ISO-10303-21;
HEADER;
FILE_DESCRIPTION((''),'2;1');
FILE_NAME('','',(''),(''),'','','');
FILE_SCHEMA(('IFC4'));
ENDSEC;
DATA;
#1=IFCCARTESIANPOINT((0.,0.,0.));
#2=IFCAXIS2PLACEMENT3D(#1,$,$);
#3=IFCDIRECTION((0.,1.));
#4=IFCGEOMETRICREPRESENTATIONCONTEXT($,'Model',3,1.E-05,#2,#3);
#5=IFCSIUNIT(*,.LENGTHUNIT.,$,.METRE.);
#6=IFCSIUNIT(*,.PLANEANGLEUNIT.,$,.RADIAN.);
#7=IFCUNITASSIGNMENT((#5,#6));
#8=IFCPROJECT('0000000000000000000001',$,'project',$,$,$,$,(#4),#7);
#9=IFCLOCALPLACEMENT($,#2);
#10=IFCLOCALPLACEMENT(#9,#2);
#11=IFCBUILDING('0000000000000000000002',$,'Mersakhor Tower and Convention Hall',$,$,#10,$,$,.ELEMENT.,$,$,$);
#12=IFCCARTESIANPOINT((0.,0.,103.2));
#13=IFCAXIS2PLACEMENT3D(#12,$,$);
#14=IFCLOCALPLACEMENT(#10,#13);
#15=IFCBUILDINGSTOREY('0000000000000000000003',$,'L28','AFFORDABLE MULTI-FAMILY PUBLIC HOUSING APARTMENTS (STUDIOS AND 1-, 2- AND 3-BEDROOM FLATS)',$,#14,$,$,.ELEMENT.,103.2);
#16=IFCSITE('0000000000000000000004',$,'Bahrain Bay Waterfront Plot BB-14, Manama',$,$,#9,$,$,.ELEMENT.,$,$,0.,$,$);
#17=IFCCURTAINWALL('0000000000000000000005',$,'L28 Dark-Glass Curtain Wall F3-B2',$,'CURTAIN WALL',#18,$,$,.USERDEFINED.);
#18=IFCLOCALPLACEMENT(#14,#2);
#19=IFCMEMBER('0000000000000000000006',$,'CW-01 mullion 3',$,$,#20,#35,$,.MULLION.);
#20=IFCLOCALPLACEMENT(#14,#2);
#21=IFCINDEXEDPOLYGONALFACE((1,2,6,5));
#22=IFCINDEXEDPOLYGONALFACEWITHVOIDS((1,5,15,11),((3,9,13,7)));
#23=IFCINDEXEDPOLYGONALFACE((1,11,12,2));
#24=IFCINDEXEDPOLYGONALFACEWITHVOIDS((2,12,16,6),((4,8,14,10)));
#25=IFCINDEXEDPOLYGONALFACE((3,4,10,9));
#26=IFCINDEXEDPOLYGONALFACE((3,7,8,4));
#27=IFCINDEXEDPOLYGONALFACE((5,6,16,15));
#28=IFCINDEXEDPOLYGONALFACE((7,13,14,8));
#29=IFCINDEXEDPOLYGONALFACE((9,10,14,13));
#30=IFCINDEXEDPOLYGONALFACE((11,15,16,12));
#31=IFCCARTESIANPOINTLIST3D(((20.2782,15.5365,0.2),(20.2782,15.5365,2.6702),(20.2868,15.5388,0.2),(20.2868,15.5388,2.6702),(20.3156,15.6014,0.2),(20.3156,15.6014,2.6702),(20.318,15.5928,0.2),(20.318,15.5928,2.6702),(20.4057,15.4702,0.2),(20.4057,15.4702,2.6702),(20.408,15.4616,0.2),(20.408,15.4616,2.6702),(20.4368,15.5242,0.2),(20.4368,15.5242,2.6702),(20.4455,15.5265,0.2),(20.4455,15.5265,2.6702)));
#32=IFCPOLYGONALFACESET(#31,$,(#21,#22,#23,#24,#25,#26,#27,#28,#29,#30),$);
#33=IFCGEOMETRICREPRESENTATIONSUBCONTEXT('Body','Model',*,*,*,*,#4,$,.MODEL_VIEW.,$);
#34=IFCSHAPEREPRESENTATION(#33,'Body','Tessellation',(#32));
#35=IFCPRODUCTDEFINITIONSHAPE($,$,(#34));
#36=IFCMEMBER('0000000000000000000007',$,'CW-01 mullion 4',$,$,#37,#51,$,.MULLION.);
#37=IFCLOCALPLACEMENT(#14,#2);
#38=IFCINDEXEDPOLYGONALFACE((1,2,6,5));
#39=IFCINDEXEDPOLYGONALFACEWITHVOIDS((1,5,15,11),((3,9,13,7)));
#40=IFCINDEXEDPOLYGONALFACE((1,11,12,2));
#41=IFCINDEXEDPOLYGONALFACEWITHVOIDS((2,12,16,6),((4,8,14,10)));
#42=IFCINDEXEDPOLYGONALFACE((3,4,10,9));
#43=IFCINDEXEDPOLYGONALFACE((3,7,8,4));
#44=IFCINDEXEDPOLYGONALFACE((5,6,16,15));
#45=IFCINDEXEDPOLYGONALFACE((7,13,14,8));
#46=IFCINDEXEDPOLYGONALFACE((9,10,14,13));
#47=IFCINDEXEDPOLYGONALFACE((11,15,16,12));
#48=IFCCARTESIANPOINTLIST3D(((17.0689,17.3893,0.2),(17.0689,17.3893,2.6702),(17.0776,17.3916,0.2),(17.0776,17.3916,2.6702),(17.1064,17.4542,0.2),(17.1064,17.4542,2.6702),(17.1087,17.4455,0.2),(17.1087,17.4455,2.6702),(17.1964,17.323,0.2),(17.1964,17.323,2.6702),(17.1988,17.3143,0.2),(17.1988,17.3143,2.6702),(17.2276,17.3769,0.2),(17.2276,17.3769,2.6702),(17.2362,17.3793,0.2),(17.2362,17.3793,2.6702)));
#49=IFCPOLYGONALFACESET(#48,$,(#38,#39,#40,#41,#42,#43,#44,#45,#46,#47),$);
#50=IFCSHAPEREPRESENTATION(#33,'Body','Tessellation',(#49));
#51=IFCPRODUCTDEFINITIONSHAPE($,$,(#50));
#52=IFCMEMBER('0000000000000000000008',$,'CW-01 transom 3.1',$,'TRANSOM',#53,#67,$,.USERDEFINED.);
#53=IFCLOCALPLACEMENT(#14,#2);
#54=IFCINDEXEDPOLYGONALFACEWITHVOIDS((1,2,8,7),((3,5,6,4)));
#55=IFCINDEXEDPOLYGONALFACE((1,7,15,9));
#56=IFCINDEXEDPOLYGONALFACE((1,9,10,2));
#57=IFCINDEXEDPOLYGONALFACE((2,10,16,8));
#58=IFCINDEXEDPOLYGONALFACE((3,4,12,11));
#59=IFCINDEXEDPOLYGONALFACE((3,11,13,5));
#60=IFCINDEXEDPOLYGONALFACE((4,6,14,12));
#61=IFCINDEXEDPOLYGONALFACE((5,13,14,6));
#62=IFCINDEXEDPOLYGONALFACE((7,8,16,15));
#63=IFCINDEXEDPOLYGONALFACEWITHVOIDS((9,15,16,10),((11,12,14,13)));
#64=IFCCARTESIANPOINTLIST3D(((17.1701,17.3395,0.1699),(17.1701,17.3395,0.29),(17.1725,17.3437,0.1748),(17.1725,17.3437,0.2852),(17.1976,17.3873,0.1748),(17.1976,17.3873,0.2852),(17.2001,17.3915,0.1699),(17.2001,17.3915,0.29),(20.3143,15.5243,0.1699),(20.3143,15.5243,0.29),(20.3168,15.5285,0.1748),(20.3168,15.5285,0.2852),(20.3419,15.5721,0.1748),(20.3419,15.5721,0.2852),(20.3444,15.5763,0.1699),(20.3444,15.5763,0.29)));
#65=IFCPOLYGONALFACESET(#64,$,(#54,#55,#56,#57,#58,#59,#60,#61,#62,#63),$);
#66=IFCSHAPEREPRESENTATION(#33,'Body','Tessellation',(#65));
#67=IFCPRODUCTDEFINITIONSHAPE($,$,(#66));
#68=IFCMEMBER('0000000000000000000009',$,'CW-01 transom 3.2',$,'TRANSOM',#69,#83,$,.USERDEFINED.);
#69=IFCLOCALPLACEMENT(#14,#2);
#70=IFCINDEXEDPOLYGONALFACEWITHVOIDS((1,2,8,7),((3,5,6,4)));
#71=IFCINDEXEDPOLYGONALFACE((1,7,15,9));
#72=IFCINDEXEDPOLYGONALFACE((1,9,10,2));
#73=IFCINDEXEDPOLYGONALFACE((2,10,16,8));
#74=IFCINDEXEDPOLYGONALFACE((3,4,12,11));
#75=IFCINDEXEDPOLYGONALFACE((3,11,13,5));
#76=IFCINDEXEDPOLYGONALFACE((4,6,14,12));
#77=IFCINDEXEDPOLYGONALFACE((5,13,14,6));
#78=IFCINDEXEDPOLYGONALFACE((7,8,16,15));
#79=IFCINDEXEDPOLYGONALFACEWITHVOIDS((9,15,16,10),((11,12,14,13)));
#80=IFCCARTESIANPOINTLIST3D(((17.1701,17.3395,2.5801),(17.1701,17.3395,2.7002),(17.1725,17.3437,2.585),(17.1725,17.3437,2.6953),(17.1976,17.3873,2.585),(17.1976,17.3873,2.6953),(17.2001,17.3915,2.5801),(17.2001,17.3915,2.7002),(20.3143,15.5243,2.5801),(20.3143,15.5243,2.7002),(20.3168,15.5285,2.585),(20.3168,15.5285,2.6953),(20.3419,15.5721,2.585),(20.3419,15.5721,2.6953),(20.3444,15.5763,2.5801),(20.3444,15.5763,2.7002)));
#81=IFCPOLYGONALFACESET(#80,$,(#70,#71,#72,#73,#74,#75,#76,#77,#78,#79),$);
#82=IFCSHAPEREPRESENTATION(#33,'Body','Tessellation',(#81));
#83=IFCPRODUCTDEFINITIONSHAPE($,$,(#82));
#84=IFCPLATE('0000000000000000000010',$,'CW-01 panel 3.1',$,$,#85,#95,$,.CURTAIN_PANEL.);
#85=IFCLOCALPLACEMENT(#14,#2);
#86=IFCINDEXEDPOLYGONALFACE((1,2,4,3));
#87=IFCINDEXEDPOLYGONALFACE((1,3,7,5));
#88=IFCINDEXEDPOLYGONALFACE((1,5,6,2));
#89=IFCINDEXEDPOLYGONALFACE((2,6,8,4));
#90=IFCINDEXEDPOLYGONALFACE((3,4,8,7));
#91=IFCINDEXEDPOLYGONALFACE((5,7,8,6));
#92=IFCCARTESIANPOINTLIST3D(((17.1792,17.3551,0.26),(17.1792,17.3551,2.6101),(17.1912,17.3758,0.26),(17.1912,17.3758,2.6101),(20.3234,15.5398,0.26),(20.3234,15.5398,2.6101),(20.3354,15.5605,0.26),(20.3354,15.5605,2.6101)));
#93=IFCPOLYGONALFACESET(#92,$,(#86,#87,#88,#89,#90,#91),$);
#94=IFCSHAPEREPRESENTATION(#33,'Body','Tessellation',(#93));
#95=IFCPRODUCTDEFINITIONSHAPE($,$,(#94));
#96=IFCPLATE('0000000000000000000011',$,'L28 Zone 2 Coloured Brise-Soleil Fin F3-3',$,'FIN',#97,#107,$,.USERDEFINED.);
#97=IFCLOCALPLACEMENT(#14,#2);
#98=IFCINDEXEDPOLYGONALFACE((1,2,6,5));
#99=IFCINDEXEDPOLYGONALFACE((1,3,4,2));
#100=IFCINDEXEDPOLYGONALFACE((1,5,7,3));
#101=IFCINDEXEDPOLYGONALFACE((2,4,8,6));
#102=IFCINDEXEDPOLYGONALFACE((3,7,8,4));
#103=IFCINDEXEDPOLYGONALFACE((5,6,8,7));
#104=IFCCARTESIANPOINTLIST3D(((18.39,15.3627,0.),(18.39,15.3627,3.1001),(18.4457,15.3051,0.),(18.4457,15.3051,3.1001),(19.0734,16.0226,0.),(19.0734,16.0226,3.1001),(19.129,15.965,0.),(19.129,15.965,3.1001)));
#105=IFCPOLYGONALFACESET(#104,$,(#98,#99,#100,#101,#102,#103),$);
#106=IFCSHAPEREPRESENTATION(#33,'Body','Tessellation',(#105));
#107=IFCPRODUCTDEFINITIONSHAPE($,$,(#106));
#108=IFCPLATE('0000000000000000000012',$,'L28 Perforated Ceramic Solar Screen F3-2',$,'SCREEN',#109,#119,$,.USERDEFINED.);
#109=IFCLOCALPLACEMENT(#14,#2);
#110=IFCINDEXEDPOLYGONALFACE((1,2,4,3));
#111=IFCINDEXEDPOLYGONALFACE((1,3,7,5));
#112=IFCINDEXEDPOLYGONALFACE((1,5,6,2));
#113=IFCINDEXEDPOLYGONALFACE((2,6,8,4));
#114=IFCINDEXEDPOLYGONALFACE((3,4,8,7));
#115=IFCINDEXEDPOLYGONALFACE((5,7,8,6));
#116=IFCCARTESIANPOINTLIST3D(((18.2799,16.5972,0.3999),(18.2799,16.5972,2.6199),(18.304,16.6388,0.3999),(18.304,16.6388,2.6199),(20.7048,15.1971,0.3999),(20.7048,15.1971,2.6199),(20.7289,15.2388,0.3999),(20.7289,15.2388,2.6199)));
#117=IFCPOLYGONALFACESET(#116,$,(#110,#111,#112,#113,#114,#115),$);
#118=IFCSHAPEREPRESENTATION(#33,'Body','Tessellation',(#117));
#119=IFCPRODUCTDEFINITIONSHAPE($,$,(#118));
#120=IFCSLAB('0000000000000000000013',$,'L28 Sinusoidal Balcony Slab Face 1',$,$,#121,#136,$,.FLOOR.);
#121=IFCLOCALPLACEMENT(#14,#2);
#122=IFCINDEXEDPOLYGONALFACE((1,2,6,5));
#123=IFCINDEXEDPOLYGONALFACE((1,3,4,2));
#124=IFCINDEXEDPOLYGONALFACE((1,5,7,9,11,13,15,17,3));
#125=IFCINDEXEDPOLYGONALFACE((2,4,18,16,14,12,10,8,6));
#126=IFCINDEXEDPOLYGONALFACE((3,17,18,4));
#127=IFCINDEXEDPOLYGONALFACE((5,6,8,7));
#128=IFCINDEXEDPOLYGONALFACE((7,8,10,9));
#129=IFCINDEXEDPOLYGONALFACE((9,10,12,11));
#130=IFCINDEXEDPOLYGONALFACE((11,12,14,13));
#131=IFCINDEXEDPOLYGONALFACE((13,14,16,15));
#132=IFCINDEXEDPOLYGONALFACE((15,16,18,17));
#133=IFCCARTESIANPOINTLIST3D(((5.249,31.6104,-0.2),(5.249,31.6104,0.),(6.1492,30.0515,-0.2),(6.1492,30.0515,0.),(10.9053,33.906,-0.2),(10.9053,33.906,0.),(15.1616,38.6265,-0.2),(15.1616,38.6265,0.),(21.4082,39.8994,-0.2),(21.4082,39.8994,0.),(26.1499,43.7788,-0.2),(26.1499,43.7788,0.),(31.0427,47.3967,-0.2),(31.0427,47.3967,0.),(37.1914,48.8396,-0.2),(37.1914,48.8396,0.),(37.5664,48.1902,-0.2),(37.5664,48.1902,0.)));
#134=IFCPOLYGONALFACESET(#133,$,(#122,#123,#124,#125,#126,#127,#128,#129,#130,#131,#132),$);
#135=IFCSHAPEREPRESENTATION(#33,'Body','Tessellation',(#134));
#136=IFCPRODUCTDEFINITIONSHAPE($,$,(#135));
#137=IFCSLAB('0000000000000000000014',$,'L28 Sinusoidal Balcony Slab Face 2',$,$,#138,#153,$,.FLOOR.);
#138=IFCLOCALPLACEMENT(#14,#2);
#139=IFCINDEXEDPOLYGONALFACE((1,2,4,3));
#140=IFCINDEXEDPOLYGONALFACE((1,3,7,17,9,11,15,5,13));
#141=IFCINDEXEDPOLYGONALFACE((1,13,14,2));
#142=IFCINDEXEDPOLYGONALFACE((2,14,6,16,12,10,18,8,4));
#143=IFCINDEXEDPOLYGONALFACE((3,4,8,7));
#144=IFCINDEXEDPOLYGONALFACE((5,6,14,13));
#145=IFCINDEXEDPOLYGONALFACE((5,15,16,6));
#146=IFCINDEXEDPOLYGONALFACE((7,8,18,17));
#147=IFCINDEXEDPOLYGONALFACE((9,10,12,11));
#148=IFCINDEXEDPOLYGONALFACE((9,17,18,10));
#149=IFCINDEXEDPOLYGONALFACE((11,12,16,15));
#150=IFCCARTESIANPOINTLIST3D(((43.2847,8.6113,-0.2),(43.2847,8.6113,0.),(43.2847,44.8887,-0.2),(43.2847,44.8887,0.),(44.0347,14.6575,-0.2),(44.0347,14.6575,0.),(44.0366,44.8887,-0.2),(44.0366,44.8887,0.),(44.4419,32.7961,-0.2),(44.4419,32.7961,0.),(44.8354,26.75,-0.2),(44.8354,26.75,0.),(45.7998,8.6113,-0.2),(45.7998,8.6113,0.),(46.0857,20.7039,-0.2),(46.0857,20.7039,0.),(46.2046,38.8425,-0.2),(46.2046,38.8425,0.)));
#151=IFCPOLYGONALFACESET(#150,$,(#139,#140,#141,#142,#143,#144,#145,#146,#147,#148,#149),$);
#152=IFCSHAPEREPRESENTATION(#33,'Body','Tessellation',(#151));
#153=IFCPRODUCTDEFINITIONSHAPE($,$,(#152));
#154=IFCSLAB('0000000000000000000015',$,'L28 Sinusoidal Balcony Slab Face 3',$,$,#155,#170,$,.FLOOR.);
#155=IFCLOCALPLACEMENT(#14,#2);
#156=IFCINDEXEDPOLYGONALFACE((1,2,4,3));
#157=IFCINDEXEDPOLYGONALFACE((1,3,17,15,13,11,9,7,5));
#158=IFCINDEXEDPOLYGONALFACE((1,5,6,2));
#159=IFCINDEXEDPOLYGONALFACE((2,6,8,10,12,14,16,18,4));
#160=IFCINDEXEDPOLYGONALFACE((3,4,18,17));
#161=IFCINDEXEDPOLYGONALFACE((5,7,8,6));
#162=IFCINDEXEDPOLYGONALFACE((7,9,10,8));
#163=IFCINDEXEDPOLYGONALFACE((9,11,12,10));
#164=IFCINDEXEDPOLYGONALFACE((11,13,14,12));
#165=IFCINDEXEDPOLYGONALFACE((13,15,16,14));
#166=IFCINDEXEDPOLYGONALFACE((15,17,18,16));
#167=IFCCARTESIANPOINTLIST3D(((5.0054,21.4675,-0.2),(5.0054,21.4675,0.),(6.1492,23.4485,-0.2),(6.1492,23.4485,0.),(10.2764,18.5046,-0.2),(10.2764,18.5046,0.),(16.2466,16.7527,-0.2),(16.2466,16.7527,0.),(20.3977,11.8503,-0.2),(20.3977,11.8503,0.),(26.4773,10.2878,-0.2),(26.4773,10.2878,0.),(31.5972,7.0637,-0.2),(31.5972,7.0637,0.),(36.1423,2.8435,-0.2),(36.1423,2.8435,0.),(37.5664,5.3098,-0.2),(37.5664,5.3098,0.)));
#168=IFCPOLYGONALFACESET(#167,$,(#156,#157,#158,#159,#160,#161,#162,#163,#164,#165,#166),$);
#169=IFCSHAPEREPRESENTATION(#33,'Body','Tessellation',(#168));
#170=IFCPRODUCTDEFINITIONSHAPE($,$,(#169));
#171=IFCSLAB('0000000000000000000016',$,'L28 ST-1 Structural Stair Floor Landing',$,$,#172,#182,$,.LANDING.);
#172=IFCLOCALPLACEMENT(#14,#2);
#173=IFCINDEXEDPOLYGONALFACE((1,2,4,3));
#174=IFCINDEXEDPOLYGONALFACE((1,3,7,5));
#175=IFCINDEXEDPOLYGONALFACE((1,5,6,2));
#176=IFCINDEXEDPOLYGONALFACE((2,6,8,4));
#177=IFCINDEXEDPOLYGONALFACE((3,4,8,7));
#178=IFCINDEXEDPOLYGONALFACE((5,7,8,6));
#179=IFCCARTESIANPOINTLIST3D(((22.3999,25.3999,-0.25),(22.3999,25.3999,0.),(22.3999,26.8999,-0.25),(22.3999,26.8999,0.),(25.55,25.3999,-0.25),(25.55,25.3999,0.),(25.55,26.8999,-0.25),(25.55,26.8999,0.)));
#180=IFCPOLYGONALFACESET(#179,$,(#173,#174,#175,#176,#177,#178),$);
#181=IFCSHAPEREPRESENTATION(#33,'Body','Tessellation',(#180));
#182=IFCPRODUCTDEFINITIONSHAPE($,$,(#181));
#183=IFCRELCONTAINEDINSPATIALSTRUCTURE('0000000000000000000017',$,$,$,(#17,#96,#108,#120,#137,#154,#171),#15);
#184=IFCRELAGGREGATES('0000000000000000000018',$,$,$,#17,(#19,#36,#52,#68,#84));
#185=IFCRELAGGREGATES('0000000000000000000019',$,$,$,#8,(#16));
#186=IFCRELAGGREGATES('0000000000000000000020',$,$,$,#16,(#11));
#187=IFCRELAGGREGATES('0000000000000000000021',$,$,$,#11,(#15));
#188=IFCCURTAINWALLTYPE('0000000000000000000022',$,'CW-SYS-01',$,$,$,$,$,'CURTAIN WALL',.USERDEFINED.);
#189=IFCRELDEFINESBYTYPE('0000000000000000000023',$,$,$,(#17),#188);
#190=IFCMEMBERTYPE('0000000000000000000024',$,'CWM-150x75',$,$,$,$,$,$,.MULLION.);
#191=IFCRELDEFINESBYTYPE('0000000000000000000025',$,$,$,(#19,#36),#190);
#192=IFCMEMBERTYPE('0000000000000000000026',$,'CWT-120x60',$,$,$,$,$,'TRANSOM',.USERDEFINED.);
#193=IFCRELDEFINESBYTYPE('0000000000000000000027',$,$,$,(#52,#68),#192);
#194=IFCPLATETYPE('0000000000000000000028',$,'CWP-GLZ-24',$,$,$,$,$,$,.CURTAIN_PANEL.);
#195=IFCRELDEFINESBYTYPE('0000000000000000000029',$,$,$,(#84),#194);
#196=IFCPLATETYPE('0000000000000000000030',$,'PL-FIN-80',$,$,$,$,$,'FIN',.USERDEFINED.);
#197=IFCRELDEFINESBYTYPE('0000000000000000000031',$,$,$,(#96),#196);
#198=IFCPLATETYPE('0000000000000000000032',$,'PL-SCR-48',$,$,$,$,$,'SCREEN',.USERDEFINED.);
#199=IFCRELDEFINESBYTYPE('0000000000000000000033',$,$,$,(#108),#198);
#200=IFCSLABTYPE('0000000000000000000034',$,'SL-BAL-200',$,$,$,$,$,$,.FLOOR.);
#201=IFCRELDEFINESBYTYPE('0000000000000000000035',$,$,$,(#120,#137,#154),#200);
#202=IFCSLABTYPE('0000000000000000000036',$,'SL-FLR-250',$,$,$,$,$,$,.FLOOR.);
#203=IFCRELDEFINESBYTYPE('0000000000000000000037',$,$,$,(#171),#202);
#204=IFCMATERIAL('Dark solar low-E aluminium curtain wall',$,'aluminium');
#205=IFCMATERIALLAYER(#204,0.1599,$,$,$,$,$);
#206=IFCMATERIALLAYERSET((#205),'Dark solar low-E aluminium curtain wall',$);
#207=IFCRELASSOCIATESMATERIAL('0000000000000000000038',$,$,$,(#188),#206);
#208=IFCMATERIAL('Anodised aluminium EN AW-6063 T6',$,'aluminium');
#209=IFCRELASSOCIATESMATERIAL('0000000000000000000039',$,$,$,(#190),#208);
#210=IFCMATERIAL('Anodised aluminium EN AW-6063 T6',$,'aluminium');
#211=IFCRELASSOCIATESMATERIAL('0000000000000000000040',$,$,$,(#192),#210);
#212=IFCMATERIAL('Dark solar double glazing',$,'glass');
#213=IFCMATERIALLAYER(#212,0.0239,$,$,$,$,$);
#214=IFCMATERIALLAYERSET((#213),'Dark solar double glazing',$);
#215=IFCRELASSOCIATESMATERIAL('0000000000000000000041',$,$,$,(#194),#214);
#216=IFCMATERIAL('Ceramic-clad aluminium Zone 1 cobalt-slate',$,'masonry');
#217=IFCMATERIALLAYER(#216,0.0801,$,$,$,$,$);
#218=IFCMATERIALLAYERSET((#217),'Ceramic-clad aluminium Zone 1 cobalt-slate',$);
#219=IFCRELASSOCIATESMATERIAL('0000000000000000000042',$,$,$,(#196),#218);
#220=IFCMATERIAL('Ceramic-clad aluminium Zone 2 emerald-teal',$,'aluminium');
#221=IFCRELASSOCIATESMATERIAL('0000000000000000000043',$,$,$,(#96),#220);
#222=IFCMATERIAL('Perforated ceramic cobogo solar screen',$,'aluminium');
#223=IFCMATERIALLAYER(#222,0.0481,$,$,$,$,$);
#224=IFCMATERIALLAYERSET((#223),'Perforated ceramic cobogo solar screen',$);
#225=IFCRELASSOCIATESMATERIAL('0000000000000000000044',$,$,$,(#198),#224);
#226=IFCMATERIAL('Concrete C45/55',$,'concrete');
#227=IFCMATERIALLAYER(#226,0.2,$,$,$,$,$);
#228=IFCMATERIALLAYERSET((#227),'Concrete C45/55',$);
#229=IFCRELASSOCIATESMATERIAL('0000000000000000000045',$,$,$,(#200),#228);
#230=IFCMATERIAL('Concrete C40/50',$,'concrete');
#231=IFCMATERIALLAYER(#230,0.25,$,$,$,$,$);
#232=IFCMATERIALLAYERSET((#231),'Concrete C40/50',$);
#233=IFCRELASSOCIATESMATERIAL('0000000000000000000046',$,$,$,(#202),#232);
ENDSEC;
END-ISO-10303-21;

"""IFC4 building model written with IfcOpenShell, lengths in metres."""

from ifc_helpers import new_model, si_unit, direction, frame, origin, origin_2d, place, context, subcontext, project, spatial, polyline, rectangle, hollow_rectangle, outline, extrude, material, layer, layer_set, material_profile, profile_set, type_object, element, aggregate, save


model = new_model("IFC4")

# Units and contexts
model_context = context("Model", 3, precision=1e-05, world=origin(), true_north=direction((0.0, 1.0)))
body_context = subcontext(model_context, "Body", "Model", "MODEL_VIEW")
ifc_project = project(units=[si_unit("LENGTHUNIT", "METRE"), si_unit("PLANEANGLEUNIT", "RADIAN")], contexts=[model_context])

# Site, building, storey
site_placement = place(None, origin())
site = spatial("IfcSite", under=ifc_project, at=site_placement, Name="Bahrain Bay Waterfront Plot BB-14, Manama", CompositionType="ELEMENT", RefElevation=0.0)
building_placement = place(site_placement, origin())
building = spatial("IfcBuilding", under=site, at=building_placement, Name="Mersakhor Tower and Convention Hall", CompositionType="ELEMENT")
storey_placement = place(building_placement, frame((0.0, 0.0, 103.2)))
storey = spatial("IfcBuildingStorey", under=building, at=storey_placement, Name="L28", Description="AFFORDABLE MULTI-FAMILY PUBLIC HOUSING APARTMENTS (STUDIOS AND 1-, 2- AND 3-BEDROOM FLATS)", CompositionType="ELEMENT", Elevation=103.2)

# Curtain wall, members, plate
ifc_material_1 = material(Name="Dark solar low-E aluminium curtain wall", Category="aluminium")
ifc_layer_1 = layer(ifc_material_1, 0.1599)
ifc_layer_set_1 = layer_set([ifc_layer_1], Name="Dark solar low-E aluminium curtain wall")
curtain_wall_type = type_object("IfcCurtainWallType", Name="CW-SYS-01", ElementType="CURTAIN WALL", PredefinedType="USERDEFINED", material=ifc_layer_set_1)
curtain_wall_placement = place(storey_placement, origin())
curtain_wall = element("IfcCurtainWall", 1, at=curtain_wall_placement, inside=storey, type_object=curtain_wall_type, Name="L28 Dark-Glass Curtain Wall F3-B2", ObjectType="CURTAIN WALL", PredefinedType="USERDEFINED")
ifc_material_2 = material(Name="Anodised aluminium EN AW-6063 T6", Category="aluminium")
ifc_material_profile_1 = material_profile(ifc_material_2, hollow_rectangle(XDim=0.075, YDim=0.1499, WallThickness=0.0063, at=origin_2d()), Name="RHS 150x75x6.3")
ifc_profile_set_1 = profile_set([ifc_material_profile_1], Name="Anodised aluminium EN AW-6063 T6")
member_type_1 = type_object("IfcMemberType", Name="CWM-150x75", PredefinedType="MULLION", material=ifc_profile_set_1)
member_1_placement = place(storey_placement, frame((20.3618, 15.5315, 0.2), z_axis=(0.0, 0.0, 1.0), x_axis=(-0.499998, -0.866027, 0.0)))
member_1 = element("IfcMember", 2, at=member_1_placement, type_object=member_type_1, Name="CW-01 mullion 3", PredefinedType="MULLION", context=body_context, shape_type="SweptSolid", body=[
    extrude(hollow_rectangle(XDim=0.075, YDim=0.1499, WallThickness=0.0063, at=origin_2d()), origin(), (0.0, 0.0, 1.0), 2.4702),
])
member_2_placement = place(storey_placement, frame((17.1526, 17.3843, 0.2), z_axis=(0.0, 0.0, 1.0), x_axis=(-0.499998, -0.866027, 0.0)))
member_2 = element("IfcMember", 3, at=member_2_placement, type_object=member_type_1, Name="CW-01 mullion 4", PredefinedType="MULLION", context=body_context, shape_type="SweptSolid", body=[
    extrude(hollow_rectangle(XDim=0.075, YDim=0.1499, WallThickness=0.0063, at=origin_2d()), origin(), (0.0, 0.0, 1.0), 2.4702),
])
ifc_material_3 = material(Name="Anodised aluminium EN AW-6063 T6", Category="aluminium")
ifc_material_profile_2 = material_profile(ifc_material_3, hollow_rectangle(XDim=0.0601, YDim=0.1201, WallThickness=0.0049, at=origin_2d()), Name="RHS 120x60x5")
ifc_profile_set_2 = profile_set([ifc_material_profile_2], Name="Anodised aluminium EN AW-6063 T6")
member_type_2 = type_object("IfcMemberType", Name="CWT-120x60", ElementType="TRANSOM", PredefinedType="USERDEFINED", material=ifc_profile_set_2)
member_3_placement = place(storey_placement, frame((20.3293, 15.5503, 0.23), z_axis=(-0.866046, 0.499965, 0.0), x_axis=(-0.499965, -0.866046, 0.0)))
member_3 = element("IfcMember", 4, at=member_3_placement, type_object=member_type_2, Name="CW-01 transom 3.1", ObjectType="TRANSOM", PredefinedType="USERDEFINED", context=body_context, shape_type="SweptSolid", body=[
    extrude(hollow_rectangle(XDim=0.0601, YDim=0.1201, WallThickness=0.0049, at=origin_2d()), origin(), (0.0, 0.0, 1.0), 3.6306),
])
member_4_placement = place(storey_placement, frame((20.3293, 15.5503, 2.6401), z_axis=(-0.866046, 0.499965, 0.0), x_axis=(-0.499965, -0.866046, 0.0)))
member_4 = element("IfcMember", 5, at=member_4_placement, type_object=member_type_2, Name="CW-01 transom 3.2", ObjectType="TRANSOM", PredefinedType="USERDEFINED", context=body_context, shape_type="SweptSolid", body=[
    extrude(hollow_rectangle(XDim=0.0601, YDim=0.1201, WallThickness=0.0049, at=origin_2d()), origin(), (0.0, 0.0, 1.0), 3.6306),
])
ifc_material_4 = material(Name="Dark solar double glazing", Category="glass")
ifc_layer_2 = layer(ifc_material_4, 0.0239)
ifc_layer_set_2 = layer_set([ifc_layer_2], Name="Dark solar double glazing")
plate_type_1 = type_object("IfcPlateType", Name="CWP-GLZ-24", PredefinedType="CURTAIN_PANEL", material=ifc_layer_set_2)
plate_1_placement = place(storey_placement, frame((18.7573, 16.4578, 0.26), z_axis=(0.0, 0.0, 1.0), x_axis=(-0.866027, 0.499998, 0.0)))
plate_1 = element("IfcPlate", 6, at=plate_1_placement, type_object=plate_type_1, Name="CW-01 panel 3.1", PredefinedType="CURTAIN_PANEL", context=body_context, shape_type="SweptSolid", body=[
    extrude(rectangle(XDim=3.6306, YDim=0.0239, at=origin_2d()), origin(), (0.0, 0.0, 1.0), 2.3501),
])
aggregate(curtain_wall, [member_1, member_2, member_3, member_4, plate_1])

# Plates
ifc_material_5 = material(Name="Ceramic-clad aluminium Zone 2 emerald-teal", Category="aluminium")
ifc_material_6 = material(Name="Ceramic-clad aluminium Zone 1 cobalt-slate", Category="masonry")
ifc_layer_3 = layer(ifc_material_6, 0.0801)
ifc_layer_set_3 = layer_set([ifc_layer_3], Name="Ceramic-clad aluminium Zone 1 cobalt-slate")
plate_type_2 = type_object("IfcPlateType", Name="PL-FIN-80", ElementType="FIN", PredefinedType="USERDEFINED", material=ifc_layer_set_3)
plate_2_placement = place(storey_placement, frame((18.7595, 15.6638, 0.0), z_axis=(0.0, 0.0, 1.0), x_axis=(-0.71934, -0.694658, 0.0)))
element("IfcPlate", 7, at=plate_2_placement, inside=storey, type_object=plate_type_2, material=ifc_material_5, Name="L28 Zone 2 Coloured Brise-Soleil Fin F3-3", ObjectType="FIN", PredefinedType="USERDEFINED", context=body_context, shape_type="SweptSolid", body=[
    extrude(rectangle(XDim=0.95, YDim=0.0801, at=origin_2d()), origin(), (0.0, 0.0, 1.0), 3.1001),
])
ifc_material_7 = material(Name="Perforated ceramic cobogo solar screen", Category="aluminium")
ifc_layer_4 = layer(ifc_material_7, 0.0481)
ifc_layer_set_4 = layer_set([ifc_layer_4], Name="Perforated ceramic cobogo solar screen")
plate_type_3 = type_object("IfcPlateType", Name="PL-SCR-48", ElementType="SCREEN", PredefinedType="USERDEFINED", material=ifc_layer_set_4)
plate_3_placement = place(storey_placement, frame((19.5044, 15.918, 0.3999), z_axis=(0.0, 0.0, 1.0), x_axis=(-0.866025, 0.5, 0.0)))
element("IfcPlate", 8, at=plate_3_placement, inside=storey, type_object=plate_type_3, Name="L28 Perforated Ceramic Solar Screen F3-2", ObjectType="SCREEN", PredefinedType="USERDEFINED", context=body_context, shape_type="SweptSolid", body=[
    extrude(rectangle(XDim=2.8, YDim=0.0481, at=origin_2d()), origin(), (0.0, 0.0, 1.0), 2.22),
])

# Slabs
ifc_material_8 = material(Name="Concrete C45/55", Category="concrete")
ifc_layer_5 = layer(ifc_material_8, 0.2)
ifc_layer_set_5 = layer_set([ifc_layer_5], Name="Concrete C45/55")
slab_type_1 = type_object("IfcSlabType", Name="SL-BAL-200", PredefinedType="FLOOR", material=ifc_layer_set_5)
slab_1_placement = place(storey_placement, frame((0.0, 0.0, -0.2)))
element("IfcSlab", 9, at=slab_1_placement, inside=storey, type_object=slab_type_1, Name="L28 Sinusoidal Balcony Slab Face 1", PredefinedType="FLOOR", context=body_context, shape_type="SweptSolid", body=[
    extrude(outline(polyline([(6.1492, 30.0515), (37.5664, 48.1902), (37.1914, 48.8396), (31.0427, 47.3967), (26.1499, 43.7788), (21.4082, 39.8994), (15.1616, 38.6265), (10.9053, 33.906), (5.249, 31.6104), (6.1492, 30.0515)])), origin(), (0.0, 0.0, 1.0), 0.2),
])
slab_2_placement = place(storey_placement, frame((0.0, 0.0, -0.2)))
element("IfcSlab", 10, at=slab_2_placement, inside=storey, type_object=slab_type_1, Name="L28 Sinusoidal Balcony Slab Face 2", PredefinedType="FLOOR", context=body_context, shape_type="SweptSolid", body=[
    extrude(outline(polyline([(43.2847, 44.8887), (43.2847, 8.6113), (45.7998, 8.6113), (44.0347, 14.6575), (46.0857, 20.7039), (44.8354, 26.75), (44.4419, 32.7961), (46.2046, 38.8425), (44.0366, 44.8887), (43.2847, 44.8887)])), origin(), (0.0, 0.0, 1.0), 0.2),
])
slab_3_placement = place(storey_placement, frame((0.0, 0.0, -0.2)))
element("IfcSlab", 11, at=slab_3_placement, inside=storey, type_object=slab_type_1, Name="L28 Sinusoidal Balcony Slab Face 3", PredefinedType="FLOOR", context=body_context, shape_type="SweptSolid", body=[
    extrude(outline(polyline([(37.5664, 5.3098), (6.1492, 23.4485), (5.0054, 21.4675), (10.2764, 18.5046), (16.2466, 16.7527), (20.3977, 11.8503), (26.4773, 10.2878), (31.5972, 7.0637), (36.1423, 2.8435), (37.5664, 5.3098)])), origin(), (0.0, 0.0, 1.0), 0.2),
])
ifc_material_9 = material(Name="Concrete C40/50", Category="concrete")
ifc_layer_6 = layer(ifc_material_9, 0.25)
ifc_layer_set_6 = layer_set([ifc_layer_6], Name="Concrete C40/50")
slab_type_2 = type_object("IfcSlabType", Name="SL-FLR-250", PredefinedType="FLOOR", material=ifc_layer_set_6)
slab_4_placement = place(storey_placement, frame((0.0, 0.0, -0.25)))
element("IfcSlab", 12, at=slab_4_placement, inside=storey, type_object=slab_type_2, Name="L28 ST-1 Structural Stair Floor Landing", PredefinedType="LANDING", context=body_context, shape_type="SweptSolid", body=[
    extrude(outline(polyline([(25.55, 25.3999), (25.55, 26.8999), (22.3999, 26.8999), (22.3999, 25.3999), (25.55, 25.3999)])), origin(), (0.0, 0.0, 1.0), 0.25),
])

save(model, "model.ifc")
